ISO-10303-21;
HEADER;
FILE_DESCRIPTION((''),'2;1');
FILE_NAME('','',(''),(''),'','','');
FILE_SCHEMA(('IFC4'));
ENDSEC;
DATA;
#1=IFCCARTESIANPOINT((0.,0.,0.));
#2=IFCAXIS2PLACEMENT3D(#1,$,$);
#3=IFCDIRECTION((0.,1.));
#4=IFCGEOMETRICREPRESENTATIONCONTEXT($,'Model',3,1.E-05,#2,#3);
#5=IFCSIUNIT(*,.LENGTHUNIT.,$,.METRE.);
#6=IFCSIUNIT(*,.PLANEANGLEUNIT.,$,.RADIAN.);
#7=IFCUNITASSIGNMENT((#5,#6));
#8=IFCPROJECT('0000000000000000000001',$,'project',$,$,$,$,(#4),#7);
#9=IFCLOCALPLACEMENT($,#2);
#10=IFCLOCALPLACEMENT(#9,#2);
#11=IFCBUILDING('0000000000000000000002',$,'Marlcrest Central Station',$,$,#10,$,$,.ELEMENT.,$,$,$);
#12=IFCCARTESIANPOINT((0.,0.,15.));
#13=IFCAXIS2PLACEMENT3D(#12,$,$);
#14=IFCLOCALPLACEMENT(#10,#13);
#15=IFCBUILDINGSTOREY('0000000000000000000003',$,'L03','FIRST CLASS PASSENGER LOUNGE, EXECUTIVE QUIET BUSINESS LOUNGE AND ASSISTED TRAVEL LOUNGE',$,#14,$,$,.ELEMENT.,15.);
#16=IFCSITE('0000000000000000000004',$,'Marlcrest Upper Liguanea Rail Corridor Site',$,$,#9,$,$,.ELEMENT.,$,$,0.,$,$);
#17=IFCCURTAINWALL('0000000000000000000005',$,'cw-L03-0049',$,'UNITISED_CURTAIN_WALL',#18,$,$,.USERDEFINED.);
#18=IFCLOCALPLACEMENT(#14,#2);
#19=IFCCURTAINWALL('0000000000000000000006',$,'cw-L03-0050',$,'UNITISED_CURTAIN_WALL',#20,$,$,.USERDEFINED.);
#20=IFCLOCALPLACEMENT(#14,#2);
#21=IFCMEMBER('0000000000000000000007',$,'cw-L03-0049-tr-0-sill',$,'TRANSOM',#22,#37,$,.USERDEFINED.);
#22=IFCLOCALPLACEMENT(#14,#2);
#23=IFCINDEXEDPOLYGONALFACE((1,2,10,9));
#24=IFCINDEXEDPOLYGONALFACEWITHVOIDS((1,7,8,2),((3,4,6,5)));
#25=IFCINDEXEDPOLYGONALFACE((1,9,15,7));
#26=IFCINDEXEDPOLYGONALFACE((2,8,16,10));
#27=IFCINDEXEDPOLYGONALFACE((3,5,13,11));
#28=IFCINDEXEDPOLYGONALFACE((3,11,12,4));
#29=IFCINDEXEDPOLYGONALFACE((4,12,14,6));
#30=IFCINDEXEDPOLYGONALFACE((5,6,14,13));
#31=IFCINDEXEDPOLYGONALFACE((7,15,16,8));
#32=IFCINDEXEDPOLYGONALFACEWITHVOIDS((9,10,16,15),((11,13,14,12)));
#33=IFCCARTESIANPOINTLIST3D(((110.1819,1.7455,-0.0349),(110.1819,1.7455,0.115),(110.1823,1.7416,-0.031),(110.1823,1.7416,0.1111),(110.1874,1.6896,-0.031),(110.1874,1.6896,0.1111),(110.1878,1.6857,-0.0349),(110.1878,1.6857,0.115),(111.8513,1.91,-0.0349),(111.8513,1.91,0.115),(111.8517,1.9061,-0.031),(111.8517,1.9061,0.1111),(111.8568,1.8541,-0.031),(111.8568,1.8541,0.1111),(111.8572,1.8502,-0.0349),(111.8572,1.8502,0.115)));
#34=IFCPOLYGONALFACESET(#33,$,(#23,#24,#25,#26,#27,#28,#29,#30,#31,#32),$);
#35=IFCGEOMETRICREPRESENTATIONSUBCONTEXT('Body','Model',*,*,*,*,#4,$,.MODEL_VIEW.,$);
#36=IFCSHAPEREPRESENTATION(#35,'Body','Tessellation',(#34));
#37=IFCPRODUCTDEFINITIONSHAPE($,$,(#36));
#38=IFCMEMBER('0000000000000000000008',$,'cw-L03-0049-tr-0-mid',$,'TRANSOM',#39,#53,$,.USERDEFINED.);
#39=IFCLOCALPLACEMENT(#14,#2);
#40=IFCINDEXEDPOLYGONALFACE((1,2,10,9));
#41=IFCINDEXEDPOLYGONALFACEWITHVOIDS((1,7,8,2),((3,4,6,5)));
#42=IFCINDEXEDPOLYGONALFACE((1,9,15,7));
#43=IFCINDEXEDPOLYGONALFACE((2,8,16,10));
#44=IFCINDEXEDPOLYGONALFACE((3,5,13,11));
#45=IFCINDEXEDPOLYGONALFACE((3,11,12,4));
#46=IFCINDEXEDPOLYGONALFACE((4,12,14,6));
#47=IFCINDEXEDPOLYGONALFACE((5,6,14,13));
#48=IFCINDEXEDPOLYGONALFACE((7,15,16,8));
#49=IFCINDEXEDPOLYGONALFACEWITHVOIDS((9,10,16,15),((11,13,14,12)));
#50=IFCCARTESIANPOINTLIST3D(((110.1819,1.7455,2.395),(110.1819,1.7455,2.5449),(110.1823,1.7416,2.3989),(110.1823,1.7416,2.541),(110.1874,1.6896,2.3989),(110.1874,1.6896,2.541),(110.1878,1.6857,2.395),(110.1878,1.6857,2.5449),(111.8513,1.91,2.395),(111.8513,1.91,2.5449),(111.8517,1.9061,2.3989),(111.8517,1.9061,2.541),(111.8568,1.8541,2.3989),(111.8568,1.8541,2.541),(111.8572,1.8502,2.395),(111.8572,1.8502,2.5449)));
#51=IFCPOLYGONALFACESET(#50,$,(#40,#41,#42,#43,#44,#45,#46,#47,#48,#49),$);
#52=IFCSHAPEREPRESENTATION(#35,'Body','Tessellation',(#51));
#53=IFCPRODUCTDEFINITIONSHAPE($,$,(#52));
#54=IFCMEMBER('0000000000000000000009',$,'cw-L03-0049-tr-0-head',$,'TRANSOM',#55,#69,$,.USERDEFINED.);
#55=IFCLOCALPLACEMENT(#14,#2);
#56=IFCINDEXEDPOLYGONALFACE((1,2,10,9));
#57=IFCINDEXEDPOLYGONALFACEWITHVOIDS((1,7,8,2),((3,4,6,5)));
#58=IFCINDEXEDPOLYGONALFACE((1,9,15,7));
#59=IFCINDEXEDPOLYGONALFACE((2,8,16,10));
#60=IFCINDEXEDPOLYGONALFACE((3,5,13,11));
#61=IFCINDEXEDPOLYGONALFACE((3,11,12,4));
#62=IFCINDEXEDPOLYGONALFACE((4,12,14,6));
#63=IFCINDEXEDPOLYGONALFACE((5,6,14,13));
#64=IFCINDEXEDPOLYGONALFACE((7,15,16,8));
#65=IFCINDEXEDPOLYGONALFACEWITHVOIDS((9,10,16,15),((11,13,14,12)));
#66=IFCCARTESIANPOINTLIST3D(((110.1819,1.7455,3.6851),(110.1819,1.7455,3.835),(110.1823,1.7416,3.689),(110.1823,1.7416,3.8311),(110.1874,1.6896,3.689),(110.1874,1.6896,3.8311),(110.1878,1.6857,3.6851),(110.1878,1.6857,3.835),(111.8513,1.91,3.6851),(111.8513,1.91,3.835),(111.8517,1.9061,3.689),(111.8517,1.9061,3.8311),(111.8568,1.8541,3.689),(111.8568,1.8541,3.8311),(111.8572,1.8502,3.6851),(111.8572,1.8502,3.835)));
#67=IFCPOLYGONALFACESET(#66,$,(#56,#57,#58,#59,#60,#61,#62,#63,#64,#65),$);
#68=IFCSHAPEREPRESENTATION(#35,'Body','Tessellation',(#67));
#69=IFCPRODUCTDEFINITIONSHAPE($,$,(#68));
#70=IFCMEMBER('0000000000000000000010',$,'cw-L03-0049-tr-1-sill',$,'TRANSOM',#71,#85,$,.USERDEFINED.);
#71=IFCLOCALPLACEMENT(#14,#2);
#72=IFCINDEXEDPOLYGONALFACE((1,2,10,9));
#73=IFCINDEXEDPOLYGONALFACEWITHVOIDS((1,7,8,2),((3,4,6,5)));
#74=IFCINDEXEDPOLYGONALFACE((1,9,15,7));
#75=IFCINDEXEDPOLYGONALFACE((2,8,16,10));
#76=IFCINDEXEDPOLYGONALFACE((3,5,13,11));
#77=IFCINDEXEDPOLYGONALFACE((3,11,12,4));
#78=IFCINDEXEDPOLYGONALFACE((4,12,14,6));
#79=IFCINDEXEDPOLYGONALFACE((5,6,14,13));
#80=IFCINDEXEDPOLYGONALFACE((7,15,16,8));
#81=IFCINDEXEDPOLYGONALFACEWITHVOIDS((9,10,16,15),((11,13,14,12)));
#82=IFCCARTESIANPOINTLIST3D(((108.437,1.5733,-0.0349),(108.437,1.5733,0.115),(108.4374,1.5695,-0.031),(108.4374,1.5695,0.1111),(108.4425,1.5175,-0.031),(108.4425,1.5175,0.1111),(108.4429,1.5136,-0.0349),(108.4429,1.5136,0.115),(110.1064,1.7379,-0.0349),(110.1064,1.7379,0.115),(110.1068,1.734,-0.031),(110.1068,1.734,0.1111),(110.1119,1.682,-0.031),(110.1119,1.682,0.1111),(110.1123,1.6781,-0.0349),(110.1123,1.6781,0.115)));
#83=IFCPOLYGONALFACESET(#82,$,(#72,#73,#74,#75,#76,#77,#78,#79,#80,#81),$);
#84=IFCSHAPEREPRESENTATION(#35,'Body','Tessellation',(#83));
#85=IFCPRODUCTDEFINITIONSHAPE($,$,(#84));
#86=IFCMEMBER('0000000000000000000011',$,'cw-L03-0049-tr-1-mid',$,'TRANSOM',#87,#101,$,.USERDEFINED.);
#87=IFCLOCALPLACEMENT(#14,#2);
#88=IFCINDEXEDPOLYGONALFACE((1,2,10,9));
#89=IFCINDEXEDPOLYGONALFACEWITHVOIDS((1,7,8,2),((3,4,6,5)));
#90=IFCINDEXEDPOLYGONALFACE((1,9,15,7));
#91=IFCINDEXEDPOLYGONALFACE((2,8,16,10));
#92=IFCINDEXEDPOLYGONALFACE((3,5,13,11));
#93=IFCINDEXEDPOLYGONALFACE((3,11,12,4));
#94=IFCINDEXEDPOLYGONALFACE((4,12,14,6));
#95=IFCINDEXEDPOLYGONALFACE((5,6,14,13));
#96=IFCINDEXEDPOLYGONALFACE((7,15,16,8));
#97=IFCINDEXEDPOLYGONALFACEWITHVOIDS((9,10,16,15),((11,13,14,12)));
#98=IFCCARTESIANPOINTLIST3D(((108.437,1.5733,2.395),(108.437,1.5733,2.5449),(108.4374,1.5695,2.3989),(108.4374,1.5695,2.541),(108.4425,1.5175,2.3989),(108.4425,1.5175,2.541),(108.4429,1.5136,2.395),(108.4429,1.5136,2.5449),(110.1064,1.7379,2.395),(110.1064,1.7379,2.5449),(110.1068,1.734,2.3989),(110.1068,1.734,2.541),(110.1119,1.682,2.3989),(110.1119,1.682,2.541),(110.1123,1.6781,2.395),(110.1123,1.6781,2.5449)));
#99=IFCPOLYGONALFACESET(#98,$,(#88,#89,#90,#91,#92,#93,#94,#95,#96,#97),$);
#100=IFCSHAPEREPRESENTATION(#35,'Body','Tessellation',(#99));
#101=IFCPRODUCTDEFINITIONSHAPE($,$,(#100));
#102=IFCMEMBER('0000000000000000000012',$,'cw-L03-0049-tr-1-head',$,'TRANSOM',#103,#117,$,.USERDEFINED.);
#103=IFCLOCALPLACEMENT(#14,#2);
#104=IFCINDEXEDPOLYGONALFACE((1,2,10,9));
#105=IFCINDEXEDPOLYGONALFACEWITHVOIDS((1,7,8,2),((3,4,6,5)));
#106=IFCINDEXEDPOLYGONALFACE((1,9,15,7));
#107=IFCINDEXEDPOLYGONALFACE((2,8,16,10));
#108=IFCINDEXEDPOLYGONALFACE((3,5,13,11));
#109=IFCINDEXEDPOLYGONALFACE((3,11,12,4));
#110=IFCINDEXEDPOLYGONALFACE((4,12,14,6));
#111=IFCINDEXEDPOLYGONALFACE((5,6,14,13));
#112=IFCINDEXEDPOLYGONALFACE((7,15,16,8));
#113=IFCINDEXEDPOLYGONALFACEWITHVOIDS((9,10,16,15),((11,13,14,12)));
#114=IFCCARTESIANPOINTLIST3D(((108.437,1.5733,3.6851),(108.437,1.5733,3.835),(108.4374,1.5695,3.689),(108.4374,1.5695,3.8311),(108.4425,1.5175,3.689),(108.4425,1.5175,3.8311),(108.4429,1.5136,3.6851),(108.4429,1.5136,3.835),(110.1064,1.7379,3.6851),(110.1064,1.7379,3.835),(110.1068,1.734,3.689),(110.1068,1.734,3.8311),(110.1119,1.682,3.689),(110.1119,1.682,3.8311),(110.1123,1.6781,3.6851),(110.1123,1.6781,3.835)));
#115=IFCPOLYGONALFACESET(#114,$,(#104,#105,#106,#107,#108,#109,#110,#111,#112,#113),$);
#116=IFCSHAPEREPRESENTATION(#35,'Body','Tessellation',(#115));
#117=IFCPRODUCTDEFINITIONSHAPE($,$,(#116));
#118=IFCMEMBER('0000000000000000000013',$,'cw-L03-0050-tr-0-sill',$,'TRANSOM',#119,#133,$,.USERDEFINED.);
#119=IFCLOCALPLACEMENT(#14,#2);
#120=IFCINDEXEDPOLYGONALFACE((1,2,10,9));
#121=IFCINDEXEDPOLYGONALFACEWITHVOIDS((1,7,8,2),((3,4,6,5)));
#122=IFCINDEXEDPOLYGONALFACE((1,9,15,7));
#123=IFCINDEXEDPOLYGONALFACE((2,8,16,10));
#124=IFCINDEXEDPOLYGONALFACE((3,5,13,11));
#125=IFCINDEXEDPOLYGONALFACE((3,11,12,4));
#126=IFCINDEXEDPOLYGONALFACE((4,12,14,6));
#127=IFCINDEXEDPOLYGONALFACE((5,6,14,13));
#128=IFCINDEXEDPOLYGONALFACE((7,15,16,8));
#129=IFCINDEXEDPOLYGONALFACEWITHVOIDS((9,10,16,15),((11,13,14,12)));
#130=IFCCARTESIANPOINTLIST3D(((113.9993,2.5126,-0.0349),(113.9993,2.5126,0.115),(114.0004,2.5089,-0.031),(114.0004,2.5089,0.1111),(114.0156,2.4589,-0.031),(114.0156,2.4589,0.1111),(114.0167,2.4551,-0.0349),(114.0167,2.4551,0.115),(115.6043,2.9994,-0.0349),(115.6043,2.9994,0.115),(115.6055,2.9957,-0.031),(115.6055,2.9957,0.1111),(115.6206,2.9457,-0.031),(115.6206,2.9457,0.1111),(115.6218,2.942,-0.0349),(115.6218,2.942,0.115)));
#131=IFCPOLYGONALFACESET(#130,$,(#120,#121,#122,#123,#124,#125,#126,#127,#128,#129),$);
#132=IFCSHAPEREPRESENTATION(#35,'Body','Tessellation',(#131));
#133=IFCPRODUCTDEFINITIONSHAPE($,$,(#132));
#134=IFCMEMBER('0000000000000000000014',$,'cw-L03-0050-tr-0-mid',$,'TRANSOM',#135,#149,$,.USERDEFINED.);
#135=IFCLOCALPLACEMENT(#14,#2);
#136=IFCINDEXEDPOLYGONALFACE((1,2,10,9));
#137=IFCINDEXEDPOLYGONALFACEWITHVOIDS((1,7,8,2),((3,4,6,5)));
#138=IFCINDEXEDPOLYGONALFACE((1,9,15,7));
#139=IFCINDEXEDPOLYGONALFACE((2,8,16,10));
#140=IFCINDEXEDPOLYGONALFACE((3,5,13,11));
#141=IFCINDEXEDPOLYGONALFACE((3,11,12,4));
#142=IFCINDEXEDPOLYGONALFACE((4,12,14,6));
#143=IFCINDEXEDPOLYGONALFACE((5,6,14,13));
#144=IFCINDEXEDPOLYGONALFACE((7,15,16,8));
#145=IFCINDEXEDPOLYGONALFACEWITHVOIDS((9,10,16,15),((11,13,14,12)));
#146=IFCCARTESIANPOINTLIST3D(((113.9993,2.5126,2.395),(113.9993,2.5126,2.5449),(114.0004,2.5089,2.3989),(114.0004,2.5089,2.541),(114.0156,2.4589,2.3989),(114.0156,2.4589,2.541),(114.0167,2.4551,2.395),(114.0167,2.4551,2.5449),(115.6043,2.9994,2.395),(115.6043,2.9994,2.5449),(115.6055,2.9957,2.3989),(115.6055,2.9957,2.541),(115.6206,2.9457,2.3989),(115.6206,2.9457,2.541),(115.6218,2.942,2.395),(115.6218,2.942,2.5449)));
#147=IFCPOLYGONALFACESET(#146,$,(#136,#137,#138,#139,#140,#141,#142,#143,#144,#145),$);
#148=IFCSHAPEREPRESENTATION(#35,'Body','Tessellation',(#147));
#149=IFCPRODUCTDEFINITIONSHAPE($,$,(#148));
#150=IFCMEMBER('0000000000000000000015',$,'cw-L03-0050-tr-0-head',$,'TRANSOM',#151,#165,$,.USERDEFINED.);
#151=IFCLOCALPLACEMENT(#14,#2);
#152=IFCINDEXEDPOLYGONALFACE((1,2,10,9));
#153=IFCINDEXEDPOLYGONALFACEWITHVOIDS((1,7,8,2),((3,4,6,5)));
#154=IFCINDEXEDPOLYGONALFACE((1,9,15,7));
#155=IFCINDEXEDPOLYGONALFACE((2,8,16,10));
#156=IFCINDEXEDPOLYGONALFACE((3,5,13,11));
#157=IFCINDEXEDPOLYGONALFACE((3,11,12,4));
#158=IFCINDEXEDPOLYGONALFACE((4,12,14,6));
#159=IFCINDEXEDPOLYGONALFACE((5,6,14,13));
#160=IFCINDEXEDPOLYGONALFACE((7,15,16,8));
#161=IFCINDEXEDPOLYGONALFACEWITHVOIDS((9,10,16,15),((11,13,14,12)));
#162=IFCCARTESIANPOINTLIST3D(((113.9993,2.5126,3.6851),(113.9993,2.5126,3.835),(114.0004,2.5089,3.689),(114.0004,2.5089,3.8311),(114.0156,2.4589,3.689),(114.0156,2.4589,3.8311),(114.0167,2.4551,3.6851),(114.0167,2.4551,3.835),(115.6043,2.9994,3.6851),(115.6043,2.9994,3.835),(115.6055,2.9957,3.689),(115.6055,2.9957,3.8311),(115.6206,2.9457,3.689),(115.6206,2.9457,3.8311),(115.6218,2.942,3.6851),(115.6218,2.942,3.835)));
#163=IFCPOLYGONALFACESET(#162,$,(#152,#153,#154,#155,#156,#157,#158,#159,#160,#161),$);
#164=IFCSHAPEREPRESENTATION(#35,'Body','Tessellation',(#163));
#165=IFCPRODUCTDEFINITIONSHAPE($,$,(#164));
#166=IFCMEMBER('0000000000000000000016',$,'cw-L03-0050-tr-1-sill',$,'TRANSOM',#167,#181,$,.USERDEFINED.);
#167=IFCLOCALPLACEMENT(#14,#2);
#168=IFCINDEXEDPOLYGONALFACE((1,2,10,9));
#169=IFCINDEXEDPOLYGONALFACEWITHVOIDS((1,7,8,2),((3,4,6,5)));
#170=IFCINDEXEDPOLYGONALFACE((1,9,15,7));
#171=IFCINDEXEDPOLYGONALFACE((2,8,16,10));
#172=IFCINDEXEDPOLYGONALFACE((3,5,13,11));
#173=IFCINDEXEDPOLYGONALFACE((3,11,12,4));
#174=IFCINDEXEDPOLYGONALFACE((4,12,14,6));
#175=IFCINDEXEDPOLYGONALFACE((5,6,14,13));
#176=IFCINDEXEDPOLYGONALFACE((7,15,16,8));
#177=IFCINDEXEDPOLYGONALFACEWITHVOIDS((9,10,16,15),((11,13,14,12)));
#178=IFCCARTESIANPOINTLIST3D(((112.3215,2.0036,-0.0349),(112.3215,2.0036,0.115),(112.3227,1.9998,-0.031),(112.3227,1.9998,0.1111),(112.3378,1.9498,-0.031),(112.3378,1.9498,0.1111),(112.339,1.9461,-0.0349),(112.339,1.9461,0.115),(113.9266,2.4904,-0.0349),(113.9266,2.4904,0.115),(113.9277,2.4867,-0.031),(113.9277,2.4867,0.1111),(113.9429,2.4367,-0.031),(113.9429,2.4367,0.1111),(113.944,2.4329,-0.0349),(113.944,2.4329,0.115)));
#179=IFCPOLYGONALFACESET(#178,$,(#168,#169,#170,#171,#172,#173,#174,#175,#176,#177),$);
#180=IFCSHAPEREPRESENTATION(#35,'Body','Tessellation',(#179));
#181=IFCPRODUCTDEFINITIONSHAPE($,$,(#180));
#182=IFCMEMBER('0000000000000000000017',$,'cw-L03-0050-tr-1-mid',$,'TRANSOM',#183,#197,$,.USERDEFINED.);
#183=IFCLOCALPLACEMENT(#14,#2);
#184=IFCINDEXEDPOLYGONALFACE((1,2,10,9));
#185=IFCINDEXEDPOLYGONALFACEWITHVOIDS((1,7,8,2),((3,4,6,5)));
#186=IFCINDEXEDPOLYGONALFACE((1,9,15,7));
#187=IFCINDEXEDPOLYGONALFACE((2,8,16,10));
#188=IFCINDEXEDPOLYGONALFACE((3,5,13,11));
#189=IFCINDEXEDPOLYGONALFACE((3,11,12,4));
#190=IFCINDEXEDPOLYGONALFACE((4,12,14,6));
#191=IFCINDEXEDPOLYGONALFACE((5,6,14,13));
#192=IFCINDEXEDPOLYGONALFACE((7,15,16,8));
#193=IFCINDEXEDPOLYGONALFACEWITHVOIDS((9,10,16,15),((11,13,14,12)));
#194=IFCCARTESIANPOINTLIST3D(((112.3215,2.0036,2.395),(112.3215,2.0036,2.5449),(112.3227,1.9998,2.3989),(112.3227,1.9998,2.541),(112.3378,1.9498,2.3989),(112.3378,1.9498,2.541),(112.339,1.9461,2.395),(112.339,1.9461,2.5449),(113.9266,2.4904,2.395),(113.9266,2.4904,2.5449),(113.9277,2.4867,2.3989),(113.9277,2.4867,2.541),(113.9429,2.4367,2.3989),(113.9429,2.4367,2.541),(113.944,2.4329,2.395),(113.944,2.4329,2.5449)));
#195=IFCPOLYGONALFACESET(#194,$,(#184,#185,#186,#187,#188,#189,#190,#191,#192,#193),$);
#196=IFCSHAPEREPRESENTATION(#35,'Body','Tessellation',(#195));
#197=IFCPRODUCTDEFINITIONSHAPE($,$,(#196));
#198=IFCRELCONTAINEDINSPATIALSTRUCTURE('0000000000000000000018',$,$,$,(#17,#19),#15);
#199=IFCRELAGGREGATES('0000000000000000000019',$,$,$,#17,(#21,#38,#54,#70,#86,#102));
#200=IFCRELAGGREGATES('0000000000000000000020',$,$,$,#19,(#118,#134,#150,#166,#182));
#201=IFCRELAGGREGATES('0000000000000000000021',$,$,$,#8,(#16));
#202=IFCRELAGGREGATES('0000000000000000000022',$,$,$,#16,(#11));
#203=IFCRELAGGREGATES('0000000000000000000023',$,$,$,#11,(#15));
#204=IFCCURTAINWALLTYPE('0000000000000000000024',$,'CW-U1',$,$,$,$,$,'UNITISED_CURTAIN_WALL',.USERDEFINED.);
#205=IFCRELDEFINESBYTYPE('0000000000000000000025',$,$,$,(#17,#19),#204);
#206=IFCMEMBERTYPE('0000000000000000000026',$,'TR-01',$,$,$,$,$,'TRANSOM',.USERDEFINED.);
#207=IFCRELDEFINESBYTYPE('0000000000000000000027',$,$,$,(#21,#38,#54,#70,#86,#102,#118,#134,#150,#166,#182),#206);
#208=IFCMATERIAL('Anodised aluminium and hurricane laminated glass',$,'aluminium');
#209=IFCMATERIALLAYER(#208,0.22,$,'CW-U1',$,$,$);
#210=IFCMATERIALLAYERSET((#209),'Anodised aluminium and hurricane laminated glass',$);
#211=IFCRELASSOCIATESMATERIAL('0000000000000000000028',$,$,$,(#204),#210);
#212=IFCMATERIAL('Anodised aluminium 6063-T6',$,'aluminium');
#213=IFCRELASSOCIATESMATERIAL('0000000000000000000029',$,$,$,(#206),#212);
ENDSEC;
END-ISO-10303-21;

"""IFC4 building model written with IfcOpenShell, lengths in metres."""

from ifc_helpers import new_model, si_unit, direction, frame, origin, origin_2d, place, context, subcontext, project, spatial, hollow_rectangle, extrude, material, layer, layer_set, material_profile, profile_set, type_object, element, aggregate, save


model = new_model("IFC4")

# Units and contexts
model_context = context("Model", 3, precision=1e-05, world=origin(), true_north=direction((0.0, 1.0)))
body_context = subcontext(model_context, "Body", "Model", "MODEL_VIEW")
ifc_project = project(units=[si_unit("LENGTHUNIT", "METRE"), si_unit("PLANEANGLEUNIT", "RADIAN")], contexts=[model_context])

# Site, building, storey
site_placement = place(None, origin())
site = spatial("IfcSite", under=ifc_project, at=site_placement, Name="Marlcrest Upper Liguanea Rail Corridor Site", CompositionType="ELEMENT", RefElevation=0.0)
building_placement = place(site_placement, origin())
building = spatial("IfcBuilding", under=site, at=building_placement, Name="Marlcrest Central Station", CompositionType="ELEMENT")
storey_placement = place(building_placement, frame((0.0, 0.0, 15.0)))
storey = spatial("IfcBuildingStorey", under=building, at=storey_placement, Name="L03", Description="FIRST CLASS PASSENGER LOUNGE, EXECUTIVE QUIET BUSINESS LOUNGE AND ASSISTED TRAVEL LOUNGE", CompositionType="ELEMENT", Elevation=15.0)

# Curtain walls
ifc_material_1 = material(Name="Anodised aluminium and hurricane laminated glass", Category="aluminium")
ifc_layer_1 = layer(ifc_material_1, 0.22, Name="CW-U1")
ifc_layer_set_1 = layer_set([ifc_layer_1], Name="Anodised aluminium and hurricane laminated glass")
curtain_wall_type = type_object("IfcCurtainWallType", Name="CW-U1", ElementType="UNITISED_CURTAIN_WALL", PredefinedType="USERDEFINED", material=ifc_layer_set_1)
curtain_wall_1_placement = place(storey_placement, origin())
curtain_wall_1 = element("IfcCurtainWall", 1, at=curtain_wall_1_placement, inside=storey, type_object=curtain_wall_type, Name="cw-L03-0049", ObjectType="UNITISED_CURTAIN_WALL", PredefinedType="USERDEFINED")
ifc_material_2 = material(Name="Anodised aluminium 6063-T6", Category="aluminium")
curtain_wall_2_placement = place(storey_placement, origin())
curtain_wall_2 = element("IfcCurtainWall", 2, at=curtain_wall_2_placement, inside=storey, type_object=curtain_wall_type, Name="cw-L03-0050", ObjectType="UNITISED_CURTAIN_WALL", PredefinedType="USERDEFINED")

# Members
ifc_material_profile_1 = material_profile(ifc_material_2, hollow_rectangle(XDim=0.0601, YDim=0.1499, WallThickness=0.0039, at=origin_2d()), Name="AA-RHS 150x60x4")
ifc_profile_set_1 = profile_set([ifc_material_profile_1], Name="Anodised aluminium 6063-T6")
member_type_1 = type_object("IfcMemberType", Name="TR-01", ElementType="TRANSOM", PredefinedType="USERDEFINED", material=ifc_profile_set_1)
member_1_placement = place(storey_placement, frame((111.8542, 1.8801, 0.04), z_axis=(-0.995177, -0.098091, 0.0), x_axis=(0.098091, -0.995177, 0.0)))
member_1 = element("IfcMember", 3, at=member_1_placement, type_object=member_type_1, Name="cw-L03-0049-tr-0-sill", ObjectType="TRANSOM", PredefinedType="USERDEFINED", context=body_context, shape_type="SweptSolid", body=[
    extrude(hollow_rectangle(XDim=0.0601, YDim=0.1499, WallThickness=0.0039, at=origin_2d()), origin(), (0.0, 0.0, 1.0), 1.6775),
])
member_2_placement = place(storey_placement, frame((111.8542, 1.8801, 2.47), z_axis=(-0.995177, -0.098091, 0.0), x_axis=(0.098091, -0.995177, 0.0)))
member_2 = element("IfcMember", 4, at=member_2_placement, type_object=member_type_1, Name="cw-L03-0049-tr-0-mid", ObjectType="TRANSOM", PredefinedType="USERDEFINED", context=body_context, shape_type="SweptSolid", body=[
    extrude(hollow_rectangle(XDim=0.0601, YDim=0.1499, WallThickness=0.0039, at=origin_2d()), origin(), (0.0, 0.0, 1.0), 1.6775),
])
member_3_placement = place(storey_placement, frame((111.8542, 1.8801, 3.76), z_axis=(-0.995177, -0.098091, 0.0), x_axis=(0.098091, -0.995177, 0.0)))
member_3 = element("IfcMember", 5, at=member_3_placement, type_object=member_type_1, Name="cw-L03-0049-tr-0-head", ObjectType="TRANSOM", PredefinedType="USERDEFINED", context=body_context, shape_type="SweptSolid", body=[
    extrude(hollow_rectangle(XDim=0.0601, YDim=0.1499, WallThickness=0.0039, at=origin_2d()), origin(), (0.0, 0.0, 1.0), 1.6775),
])
member_4_placement = place(storey_placement, frame((110.1094, 1.708, 0.04), z_axis=(-0.995177, -0.098091, 0.0), x_axis=(0.098091, -0.995177, 0.0)))
member_4 = element("IfcMember", 6, at=member_4_placement, type_object=member_type_1, Name="cw-L03-0049-tr-1-sill", ObjectType="TRANSOM", PredefinedType="USERDEFINED", context=body_context, shape_type="SweptSolid", body=[
    extrude(hollow_rectangle(XDim=0.0601, YDim=0.1499, WallThickness=0.0039, at=origin_2d()), origin(), (0.0, 0.0, 1.0), 1.6775),
])
member_5_placement = place(storey_placement, frame((110.1094, 1.708, 2.47), z_axis=(-0.995177, -0.098091, 0.0), x_axis=(0.098091, -0.995177, 0.0)))
member_5 = element("IfcMember", 7, at=member_5_placement, type_object=member_type_1, Name="cw-L03-0049-tr-1-mid", ObjectType="TRANSOM", PredefinedType="USERDEFINED", context=body_context, shape_type="SweptSolid", body=[
    extrude(hollow_rectangle(XDim=0.0601, YDim=0.1499, WallThickness=0.0039, at=origin_2d()), origin(), (0.0, 0.0, 1.0), 1.6775),
])
member_6_placement = place(storey_placement, frame((110.1094, 1.708, 3.76), z_axis=(-0.995177, -0.098091, 0.0), x_axis=(0.098091, -0.995177, 0.0)))
member_6 = element("IfcMember", 8, at=member_6_placement, type_object=member_type_1, Name="cw-L03-0049-tr-1-head", ObjectType="TRANSOM", PredefinedType="USERDEFINED", context=body_context, shape_type="SweptSolid", body=[
    extrude(hollow_rectangle(XDim=0.0601, YDim=0.1499, WallThickness=0.0039, at=origin_2d()), origin(), (0.0, 0.0, 1.0), 1.6775),
])
member_7_placement = place(storey_placement, frame((115.613, 2.9707, 0.04), z_axis=(-0.956948, -0.290258, 0.0), x_axis=(0.290258, -0.956948, 0.0)))
member_7 = element("IfcMember", 9, at=member_7_placement, type_object=member_type_1, Name="cw-L03-0050-tr-0-sill", ObjectType="TRANSOM", PredefinedType="USERDEFINED", context=body_context, shape_type="SweptSolid", body=[
    extrude(hollow_rectangle(XDim=0.0601, YDim=0.1499, WallThickness=0.0039, at=origin_2d()), origin(), (0.0, 0.0, 1.0), 1.6772),
])
member_8_placement = place(storey_placement, frame((115.613, 2.9707, 2.47), z_axis=(-0.956948, -0.290258, 0.0), x_axis=(0.290258, -0.956948, 0.0)))
member_8 = element("IfcMember", 10, at=member_8_placement, type_object=member_type_1, Name="cw-L03-0050-tr-0-mid", ObjectType="TRANSOM", PredefinedType="USERDEFINED", context=body_context, shape_type="SweptSolid", body=[
    extrude(hollow_rectangle(XDim=0.0601, YDim=0.1499, WallThickness=0.0039, at=origin_2d()), origin(), (0.0, 0.0, 1.0), 1.6772),
])
member_9_placement = place(storey_placement, frame((115.613, 2.9707, 3.76), z_axis=(-0.956948, -0.290258, 0.0), x_axis=(0.290258, -0.956948, 0.0)))
member_9 = element("IfcMember", 11, at=member_9_placement, type_object=member_type_1, Name="cw-L03-0050-tr-0-head", ObjectType="TRANSOM", PredefinedType="USERDEFINED", context=body_context, shape_type="SweptSolid", body=[
    extrude(hollow_rectangle(XDim=0.0601, YDim=0.1499, WallThickness=0.0039, at=origin_2d()), origin(), (0.0, 0.0, 1.0), 1.6772),
])
member_10_placement = place(storey_placement, frame((113.9353, 2.4617, 0.04), z_axis=(-0.956948, -0.290258, 0.0), x_axis=(0.290258, -0.956948, 0.0)))
member_10 = element("IfcMember", 12, at=member_10_placement, type_object=member_type_1, Name="cw-L03-0050-tr-1-sill", ObjectType="TRANSOM", PredefinedType="USERDEFINED", context=body_context, shape_type="SweptSolid", body=[
    extrude(hollow_rectangle(XDim=0.0601, YDim=0.1499, WallThickness=0.0039, at=origin_2d()), origin(), (0.0, 0.0, 1.0), 1.6772),
])
member_11_placement = place(storey_placement, frame((113.9353, 2.4617, 2.47), z_axis=(-0.956948, -0.290258, 0.0), x_axis=(0.290258, -0.956948, 0.0)))
member_11 = element("IfcMember", 13, at=member_11_placement, type_object=member_type_1, Name="cw-L03-0050-tr-1-mid", ObjectType="TRANSOM", PredefinedType="USERDEFINED", context=body_context, shape_type="SweptSolid", body=[
    extrude(hollow_rectangle(XDim=0.0601, YDim=0.1499, WallThickness=0.0039, at=origin_2d()), origin(), (0.0, 0.0, 1.0), 1.6772),
])

aggregate(curtain_wall_1, [member_1, member_2, member_3, member_4, member_5, member_6])
aggregate(curtain_wall_2, [member_7, member_8, member_9, member_10, member_11])

save(model, "model.ifc")
